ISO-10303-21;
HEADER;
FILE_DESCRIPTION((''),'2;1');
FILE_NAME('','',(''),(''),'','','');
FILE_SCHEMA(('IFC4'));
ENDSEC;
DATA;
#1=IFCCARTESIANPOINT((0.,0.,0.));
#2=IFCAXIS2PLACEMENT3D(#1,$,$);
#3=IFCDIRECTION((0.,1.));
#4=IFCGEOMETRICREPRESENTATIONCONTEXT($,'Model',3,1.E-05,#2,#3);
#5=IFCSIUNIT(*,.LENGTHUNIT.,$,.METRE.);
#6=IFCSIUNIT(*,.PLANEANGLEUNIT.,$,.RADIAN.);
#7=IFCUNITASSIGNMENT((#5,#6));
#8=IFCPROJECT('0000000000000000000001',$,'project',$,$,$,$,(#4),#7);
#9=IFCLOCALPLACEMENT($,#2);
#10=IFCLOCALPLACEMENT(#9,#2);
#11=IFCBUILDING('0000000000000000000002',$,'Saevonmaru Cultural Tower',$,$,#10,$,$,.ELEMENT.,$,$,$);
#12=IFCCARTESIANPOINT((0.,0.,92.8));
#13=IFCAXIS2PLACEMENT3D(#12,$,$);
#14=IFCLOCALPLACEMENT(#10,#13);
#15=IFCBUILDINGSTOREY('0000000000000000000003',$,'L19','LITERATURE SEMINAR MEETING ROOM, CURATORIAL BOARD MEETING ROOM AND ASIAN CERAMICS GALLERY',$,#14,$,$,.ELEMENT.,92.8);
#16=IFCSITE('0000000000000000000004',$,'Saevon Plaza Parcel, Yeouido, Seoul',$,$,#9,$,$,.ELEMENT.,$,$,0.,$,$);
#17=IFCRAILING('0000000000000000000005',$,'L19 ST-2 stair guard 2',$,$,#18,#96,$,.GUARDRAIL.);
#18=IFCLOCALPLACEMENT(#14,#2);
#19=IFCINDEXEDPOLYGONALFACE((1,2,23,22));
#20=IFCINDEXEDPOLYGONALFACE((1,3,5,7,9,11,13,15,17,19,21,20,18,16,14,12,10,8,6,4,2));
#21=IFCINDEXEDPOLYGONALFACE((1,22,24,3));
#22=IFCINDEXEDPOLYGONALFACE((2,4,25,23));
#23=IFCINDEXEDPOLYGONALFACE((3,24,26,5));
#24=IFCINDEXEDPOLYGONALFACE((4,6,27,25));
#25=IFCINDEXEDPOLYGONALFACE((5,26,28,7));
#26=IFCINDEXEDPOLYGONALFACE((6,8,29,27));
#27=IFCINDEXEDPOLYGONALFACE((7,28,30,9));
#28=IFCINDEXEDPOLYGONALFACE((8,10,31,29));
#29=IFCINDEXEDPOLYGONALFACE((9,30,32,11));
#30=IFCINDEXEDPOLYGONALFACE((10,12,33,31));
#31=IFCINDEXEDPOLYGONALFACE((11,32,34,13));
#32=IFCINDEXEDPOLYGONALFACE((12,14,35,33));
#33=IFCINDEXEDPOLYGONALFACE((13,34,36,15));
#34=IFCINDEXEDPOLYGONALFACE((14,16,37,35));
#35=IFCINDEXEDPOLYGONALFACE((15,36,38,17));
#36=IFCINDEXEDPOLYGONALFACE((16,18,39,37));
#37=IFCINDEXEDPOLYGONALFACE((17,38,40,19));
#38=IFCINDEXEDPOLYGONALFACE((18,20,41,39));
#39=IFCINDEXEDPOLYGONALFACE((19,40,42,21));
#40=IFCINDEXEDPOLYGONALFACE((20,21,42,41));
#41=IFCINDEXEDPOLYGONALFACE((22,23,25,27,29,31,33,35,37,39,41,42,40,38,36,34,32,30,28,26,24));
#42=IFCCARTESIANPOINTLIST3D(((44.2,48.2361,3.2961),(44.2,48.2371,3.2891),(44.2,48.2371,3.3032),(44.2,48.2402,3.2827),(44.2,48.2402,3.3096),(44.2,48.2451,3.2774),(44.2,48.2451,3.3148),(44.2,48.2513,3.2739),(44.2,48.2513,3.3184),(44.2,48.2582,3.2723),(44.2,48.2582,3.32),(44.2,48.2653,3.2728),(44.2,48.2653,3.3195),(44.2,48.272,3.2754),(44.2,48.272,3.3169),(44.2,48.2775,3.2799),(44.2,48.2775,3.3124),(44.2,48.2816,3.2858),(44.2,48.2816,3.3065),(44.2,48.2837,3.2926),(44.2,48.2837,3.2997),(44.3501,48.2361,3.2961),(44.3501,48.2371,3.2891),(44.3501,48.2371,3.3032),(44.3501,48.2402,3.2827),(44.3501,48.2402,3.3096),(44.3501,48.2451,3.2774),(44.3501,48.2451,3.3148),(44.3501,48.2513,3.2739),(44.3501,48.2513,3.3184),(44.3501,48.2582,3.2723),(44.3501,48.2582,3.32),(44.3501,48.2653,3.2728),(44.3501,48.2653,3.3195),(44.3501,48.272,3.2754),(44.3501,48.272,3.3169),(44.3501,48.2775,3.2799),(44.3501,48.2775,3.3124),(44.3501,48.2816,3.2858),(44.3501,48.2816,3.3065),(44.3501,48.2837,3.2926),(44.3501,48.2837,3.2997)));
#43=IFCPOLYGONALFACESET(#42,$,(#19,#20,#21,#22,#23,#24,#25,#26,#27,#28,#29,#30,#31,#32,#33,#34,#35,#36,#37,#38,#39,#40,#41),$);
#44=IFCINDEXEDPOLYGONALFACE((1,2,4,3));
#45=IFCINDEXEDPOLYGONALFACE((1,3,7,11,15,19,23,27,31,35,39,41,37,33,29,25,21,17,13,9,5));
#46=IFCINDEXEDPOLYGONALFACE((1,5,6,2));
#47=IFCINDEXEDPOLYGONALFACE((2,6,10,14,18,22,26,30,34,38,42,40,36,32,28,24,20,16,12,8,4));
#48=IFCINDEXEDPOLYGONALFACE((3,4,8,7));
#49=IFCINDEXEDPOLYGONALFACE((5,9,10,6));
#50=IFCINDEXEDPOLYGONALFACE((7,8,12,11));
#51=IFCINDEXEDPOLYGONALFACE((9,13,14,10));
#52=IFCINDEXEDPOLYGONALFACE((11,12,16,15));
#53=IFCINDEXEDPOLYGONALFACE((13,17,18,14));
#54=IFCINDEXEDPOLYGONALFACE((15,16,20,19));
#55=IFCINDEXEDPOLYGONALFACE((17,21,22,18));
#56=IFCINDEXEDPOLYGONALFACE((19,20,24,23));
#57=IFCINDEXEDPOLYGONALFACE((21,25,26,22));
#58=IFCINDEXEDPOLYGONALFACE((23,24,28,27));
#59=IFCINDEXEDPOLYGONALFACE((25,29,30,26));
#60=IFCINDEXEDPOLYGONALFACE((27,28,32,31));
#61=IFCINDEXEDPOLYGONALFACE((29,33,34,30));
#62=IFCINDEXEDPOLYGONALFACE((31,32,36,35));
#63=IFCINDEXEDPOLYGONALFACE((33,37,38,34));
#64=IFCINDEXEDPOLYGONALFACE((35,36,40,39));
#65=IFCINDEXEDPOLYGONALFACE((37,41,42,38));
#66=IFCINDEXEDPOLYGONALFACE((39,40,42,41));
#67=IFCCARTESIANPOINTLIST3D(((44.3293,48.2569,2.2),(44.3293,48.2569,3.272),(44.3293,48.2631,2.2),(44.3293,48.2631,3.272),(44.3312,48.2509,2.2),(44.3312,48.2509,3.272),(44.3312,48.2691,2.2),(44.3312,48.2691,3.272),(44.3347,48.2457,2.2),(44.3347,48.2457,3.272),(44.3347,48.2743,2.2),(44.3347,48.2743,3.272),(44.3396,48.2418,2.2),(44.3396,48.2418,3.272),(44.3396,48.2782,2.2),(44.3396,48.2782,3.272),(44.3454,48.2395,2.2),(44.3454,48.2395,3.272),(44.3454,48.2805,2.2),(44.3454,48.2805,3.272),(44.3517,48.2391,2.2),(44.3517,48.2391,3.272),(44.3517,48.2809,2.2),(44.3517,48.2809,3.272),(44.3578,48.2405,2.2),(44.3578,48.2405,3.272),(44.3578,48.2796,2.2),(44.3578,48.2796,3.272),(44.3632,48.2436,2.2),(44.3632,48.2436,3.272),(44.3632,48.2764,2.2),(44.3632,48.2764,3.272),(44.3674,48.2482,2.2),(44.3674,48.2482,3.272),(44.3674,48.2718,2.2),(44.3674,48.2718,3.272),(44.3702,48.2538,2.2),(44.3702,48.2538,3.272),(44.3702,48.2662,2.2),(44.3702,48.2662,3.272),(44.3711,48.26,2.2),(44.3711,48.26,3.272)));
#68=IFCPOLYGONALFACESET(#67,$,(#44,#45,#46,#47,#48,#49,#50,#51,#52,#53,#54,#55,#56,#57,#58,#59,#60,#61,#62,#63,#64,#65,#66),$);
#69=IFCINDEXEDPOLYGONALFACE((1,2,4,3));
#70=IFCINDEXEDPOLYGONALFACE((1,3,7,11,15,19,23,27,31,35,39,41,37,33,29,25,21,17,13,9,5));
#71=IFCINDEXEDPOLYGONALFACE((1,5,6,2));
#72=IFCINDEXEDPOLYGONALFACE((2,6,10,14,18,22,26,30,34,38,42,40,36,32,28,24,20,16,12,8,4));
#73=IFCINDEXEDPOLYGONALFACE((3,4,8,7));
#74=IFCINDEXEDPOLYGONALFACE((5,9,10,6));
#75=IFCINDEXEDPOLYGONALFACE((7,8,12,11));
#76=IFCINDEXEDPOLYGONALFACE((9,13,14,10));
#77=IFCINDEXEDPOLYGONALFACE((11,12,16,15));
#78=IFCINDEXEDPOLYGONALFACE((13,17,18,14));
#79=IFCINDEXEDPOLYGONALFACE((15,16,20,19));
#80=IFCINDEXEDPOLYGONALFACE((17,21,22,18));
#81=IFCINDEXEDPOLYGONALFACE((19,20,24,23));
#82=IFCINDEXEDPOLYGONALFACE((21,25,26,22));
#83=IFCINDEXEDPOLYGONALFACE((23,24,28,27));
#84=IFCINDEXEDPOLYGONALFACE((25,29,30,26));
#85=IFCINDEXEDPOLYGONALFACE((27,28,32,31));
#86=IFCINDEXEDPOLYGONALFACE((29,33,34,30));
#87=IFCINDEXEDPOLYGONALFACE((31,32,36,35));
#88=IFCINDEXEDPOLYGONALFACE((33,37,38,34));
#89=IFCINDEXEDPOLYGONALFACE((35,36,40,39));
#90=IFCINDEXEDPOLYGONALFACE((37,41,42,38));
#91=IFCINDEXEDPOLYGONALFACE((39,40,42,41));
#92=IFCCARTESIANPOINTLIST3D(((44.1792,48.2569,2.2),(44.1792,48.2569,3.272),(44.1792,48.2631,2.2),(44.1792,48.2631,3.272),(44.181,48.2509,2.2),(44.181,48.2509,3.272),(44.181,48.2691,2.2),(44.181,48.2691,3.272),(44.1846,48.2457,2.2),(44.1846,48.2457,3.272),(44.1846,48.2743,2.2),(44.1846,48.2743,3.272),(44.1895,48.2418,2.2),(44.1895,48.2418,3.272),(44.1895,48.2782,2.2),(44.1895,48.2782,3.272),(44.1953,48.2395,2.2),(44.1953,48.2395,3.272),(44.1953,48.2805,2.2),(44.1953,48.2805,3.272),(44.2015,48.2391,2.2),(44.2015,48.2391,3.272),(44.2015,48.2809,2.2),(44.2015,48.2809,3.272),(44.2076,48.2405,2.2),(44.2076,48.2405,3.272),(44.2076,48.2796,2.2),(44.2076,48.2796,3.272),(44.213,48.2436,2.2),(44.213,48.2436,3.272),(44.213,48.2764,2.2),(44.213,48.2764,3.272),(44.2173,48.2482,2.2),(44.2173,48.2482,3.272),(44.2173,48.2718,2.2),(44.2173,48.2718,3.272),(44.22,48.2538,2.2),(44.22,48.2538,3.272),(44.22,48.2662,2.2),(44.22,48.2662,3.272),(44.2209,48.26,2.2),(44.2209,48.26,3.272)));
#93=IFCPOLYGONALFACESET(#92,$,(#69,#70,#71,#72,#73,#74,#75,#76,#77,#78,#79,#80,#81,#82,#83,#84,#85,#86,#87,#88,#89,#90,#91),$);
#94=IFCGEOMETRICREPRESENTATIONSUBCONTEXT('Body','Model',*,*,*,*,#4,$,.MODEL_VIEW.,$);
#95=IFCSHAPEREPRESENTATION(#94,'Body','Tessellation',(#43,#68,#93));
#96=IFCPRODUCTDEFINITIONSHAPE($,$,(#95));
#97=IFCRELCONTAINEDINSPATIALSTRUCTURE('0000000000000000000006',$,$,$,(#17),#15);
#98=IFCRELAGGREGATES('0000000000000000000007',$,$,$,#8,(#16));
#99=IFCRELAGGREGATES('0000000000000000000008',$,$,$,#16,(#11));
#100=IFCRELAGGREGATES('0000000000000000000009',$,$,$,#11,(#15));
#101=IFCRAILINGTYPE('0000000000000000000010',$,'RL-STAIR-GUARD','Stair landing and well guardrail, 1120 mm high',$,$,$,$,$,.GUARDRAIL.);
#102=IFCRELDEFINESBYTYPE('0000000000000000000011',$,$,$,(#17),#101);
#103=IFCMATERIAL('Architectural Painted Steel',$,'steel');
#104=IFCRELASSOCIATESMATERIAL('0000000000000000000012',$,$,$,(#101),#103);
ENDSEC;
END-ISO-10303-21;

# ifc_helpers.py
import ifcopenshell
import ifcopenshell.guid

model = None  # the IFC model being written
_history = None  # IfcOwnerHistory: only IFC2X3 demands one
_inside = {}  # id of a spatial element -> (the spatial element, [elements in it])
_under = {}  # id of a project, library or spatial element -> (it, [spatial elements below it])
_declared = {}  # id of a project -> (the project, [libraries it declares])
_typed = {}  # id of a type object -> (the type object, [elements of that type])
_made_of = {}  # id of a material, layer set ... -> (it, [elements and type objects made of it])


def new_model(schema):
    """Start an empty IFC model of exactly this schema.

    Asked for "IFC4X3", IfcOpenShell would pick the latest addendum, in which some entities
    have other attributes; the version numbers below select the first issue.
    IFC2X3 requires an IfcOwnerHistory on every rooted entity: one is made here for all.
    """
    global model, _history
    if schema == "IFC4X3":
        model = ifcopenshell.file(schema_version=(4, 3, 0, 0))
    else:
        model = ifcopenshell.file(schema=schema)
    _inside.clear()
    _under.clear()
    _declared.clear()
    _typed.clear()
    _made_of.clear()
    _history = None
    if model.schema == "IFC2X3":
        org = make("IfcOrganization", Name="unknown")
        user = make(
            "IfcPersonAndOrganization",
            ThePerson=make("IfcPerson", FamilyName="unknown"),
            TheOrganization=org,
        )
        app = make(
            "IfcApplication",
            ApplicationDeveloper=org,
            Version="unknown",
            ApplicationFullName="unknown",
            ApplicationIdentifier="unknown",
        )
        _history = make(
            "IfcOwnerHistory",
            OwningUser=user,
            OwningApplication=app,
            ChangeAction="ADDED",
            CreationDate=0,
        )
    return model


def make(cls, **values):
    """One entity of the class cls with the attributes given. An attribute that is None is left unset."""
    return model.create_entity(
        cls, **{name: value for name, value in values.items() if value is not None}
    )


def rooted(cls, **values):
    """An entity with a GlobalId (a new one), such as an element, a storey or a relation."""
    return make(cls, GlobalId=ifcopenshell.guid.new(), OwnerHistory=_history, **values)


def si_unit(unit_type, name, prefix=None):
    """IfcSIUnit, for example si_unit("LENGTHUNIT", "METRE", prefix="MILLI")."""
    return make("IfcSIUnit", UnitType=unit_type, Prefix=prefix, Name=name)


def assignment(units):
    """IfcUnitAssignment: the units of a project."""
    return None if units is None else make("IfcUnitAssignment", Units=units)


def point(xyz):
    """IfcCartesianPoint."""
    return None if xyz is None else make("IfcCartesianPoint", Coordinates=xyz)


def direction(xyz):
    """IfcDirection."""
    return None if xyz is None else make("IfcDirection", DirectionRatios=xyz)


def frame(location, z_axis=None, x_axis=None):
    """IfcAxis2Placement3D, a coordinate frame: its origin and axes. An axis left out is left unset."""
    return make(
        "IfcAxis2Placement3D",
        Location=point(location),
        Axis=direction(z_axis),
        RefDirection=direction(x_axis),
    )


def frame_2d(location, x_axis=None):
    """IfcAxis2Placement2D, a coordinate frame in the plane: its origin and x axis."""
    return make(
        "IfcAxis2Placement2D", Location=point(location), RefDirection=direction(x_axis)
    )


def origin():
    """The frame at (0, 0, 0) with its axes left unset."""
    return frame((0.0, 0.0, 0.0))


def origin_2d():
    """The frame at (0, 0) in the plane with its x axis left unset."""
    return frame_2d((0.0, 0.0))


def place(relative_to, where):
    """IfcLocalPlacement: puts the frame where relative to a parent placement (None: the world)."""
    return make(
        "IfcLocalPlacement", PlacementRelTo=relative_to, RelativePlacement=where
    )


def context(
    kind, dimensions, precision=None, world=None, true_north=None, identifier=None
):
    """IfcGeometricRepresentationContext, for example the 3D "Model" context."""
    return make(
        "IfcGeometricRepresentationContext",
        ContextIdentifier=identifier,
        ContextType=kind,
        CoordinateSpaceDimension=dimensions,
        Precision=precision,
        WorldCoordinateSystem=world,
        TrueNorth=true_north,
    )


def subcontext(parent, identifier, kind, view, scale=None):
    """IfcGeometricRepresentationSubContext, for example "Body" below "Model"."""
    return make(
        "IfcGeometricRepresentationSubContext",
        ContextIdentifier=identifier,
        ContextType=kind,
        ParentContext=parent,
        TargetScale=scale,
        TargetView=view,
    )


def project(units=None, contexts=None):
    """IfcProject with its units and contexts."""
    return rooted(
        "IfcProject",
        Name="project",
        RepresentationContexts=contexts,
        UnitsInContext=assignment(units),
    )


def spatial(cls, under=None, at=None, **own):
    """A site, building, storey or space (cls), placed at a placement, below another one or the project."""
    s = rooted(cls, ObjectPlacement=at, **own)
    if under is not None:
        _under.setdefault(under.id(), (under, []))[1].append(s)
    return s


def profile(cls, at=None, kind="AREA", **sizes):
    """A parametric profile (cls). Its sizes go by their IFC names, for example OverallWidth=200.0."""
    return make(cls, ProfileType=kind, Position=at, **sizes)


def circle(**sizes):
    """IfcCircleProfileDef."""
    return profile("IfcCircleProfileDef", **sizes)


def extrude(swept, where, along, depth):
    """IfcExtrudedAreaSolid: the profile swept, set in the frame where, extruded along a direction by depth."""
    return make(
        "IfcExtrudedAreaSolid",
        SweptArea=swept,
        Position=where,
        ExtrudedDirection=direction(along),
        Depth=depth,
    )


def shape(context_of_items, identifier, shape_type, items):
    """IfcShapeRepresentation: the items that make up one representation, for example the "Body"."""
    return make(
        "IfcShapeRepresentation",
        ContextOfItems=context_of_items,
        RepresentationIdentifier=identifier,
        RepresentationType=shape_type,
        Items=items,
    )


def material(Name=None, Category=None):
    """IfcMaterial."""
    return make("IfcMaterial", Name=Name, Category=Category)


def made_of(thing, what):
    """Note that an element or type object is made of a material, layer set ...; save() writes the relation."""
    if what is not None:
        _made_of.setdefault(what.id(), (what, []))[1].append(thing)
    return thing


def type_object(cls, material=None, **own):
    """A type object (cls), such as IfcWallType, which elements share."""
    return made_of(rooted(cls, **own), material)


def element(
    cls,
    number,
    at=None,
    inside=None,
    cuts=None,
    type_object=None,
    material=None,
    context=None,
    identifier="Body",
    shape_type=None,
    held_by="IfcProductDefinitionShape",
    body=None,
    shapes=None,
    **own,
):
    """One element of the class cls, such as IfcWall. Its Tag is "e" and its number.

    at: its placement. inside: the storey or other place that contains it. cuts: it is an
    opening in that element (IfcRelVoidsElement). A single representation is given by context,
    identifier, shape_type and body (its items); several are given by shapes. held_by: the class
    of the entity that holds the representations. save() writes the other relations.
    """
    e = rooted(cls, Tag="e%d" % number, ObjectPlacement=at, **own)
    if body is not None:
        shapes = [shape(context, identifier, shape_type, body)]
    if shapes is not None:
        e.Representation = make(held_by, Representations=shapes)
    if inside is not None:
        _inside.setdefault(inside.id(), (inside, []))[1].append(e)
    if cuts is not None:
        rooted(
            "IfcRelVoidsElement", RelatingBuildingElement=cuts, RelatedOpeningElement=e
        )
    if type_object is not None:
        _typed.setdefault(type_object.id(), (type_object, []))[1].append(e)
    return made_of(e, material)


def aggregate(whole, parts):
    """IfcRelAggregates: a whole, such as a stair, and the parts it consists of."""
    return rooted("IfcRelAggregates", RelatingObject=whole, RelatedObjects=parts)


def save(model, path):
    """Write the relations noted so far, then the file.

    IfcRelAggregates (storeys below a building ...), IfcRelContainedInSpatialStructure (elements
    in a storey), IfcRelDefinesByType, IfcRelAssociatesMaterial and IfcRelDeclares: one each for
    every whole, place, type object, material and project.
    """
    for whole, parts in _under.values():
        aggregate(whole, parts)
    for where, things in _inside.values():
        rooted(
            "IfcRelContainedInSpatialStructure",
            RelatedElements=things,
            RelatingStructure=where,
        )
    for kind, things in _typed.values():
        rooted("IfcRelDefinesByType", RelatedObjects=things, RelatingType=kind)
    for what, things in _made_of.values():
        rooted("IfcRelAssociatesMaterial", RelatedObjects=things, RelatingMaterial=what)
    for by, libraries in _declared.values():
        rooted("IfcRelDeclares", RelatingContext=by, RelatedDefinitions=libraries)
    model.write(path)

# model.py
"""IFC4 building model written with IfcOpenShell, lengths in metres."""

from ifc_helpers import new_model, si_unit, direction, frame, origin, origin_2d, place, context, subcontext, project, spatial, circle, extrude, material, type_object, element, save


model = new_model("IFC4")

# Units and contexts
model_context = context("Model", 3, precision=1e-05, world=origin(), true_north=direction((0.0, 1.0)))
body_context = subcontext(model_context, "Body", "Model", "MODEL_VIEW")
ifc_project = project(units=[si_unit("LENGTHUNIT", "METRE"), si_unit("PLANEANGLEUNIT", "RADIAN")], contexts=[model_context])

# Site, building, storey
site_placement = place(None, origin())
site = spatial("IfcSite", under=ifc_project, at=site_placement, Name="Saevon Plaza Parcel, Yeouido, Seoul", CompositionType="ELEMENT", RefElevation=0.0)
building_placement = place(site_placement, origin())
building = spatial("IfcBuilding", under=site, at=building_placement, Name="Saevonmaru Cultural Tower", CompositionType="ELEMENT")
storey_placement = place(building_placement, frame((0.0, 0.0, 92.8)))
storey = spatial("IfcBuildingStorey", under=building, at=storey_placement, Name="L19", Description="LITERATURE SEMINAR MEETING ROOM, CURATORIAL BOARD MEETING ROOM AND ASIAN CERAMICS GALLERY", CompositionType="ELEMENT", Elevation=92.8)

# Railing
ifc_material_1 = material(Name="Architectural Painted Steel", Category="steel")
railing_type = type_object("IfcRailingType", Name="RL-STAIR-GUARD", Description="Stair landing and well guardrail, 1120 mm high", PredefinedType="GUARDRAIL", material=ifc_material_1)
railing_1_placement = place(storey_placement, frame((44.3501, 48.26, 2.2)))
element("IfcRailing", 1, at=railing_1_placement, inside=storey, type_object=railing_type, Name="L19 ST-2 stair guard 2", PredefinedType="GUARDRAIL", context=body_context, shape_type="SweptSolid", body=[
    extrude(circle(Radius=0.0239, at=origin_2d()), frame((0.0, 0.0, 1.0962), z_axis=(-1.0, 0.0, 0.0), x_axis=(0.0, -1.0, 0.0)), (0.0, 0.0, 1.0), 0.1501),
    extrude(circle(Radius=0.021, at=origin_2d()), origin(), (0.0, 0.0, 1.0), 1.072),
    extrude(circle(Radius=0.021, at=origin_2d()), frame((-0.1501, 0.0, 0.0)), (0.0, 0.0, 1.0), 1.072),
])

save(model, "model.ifc")
